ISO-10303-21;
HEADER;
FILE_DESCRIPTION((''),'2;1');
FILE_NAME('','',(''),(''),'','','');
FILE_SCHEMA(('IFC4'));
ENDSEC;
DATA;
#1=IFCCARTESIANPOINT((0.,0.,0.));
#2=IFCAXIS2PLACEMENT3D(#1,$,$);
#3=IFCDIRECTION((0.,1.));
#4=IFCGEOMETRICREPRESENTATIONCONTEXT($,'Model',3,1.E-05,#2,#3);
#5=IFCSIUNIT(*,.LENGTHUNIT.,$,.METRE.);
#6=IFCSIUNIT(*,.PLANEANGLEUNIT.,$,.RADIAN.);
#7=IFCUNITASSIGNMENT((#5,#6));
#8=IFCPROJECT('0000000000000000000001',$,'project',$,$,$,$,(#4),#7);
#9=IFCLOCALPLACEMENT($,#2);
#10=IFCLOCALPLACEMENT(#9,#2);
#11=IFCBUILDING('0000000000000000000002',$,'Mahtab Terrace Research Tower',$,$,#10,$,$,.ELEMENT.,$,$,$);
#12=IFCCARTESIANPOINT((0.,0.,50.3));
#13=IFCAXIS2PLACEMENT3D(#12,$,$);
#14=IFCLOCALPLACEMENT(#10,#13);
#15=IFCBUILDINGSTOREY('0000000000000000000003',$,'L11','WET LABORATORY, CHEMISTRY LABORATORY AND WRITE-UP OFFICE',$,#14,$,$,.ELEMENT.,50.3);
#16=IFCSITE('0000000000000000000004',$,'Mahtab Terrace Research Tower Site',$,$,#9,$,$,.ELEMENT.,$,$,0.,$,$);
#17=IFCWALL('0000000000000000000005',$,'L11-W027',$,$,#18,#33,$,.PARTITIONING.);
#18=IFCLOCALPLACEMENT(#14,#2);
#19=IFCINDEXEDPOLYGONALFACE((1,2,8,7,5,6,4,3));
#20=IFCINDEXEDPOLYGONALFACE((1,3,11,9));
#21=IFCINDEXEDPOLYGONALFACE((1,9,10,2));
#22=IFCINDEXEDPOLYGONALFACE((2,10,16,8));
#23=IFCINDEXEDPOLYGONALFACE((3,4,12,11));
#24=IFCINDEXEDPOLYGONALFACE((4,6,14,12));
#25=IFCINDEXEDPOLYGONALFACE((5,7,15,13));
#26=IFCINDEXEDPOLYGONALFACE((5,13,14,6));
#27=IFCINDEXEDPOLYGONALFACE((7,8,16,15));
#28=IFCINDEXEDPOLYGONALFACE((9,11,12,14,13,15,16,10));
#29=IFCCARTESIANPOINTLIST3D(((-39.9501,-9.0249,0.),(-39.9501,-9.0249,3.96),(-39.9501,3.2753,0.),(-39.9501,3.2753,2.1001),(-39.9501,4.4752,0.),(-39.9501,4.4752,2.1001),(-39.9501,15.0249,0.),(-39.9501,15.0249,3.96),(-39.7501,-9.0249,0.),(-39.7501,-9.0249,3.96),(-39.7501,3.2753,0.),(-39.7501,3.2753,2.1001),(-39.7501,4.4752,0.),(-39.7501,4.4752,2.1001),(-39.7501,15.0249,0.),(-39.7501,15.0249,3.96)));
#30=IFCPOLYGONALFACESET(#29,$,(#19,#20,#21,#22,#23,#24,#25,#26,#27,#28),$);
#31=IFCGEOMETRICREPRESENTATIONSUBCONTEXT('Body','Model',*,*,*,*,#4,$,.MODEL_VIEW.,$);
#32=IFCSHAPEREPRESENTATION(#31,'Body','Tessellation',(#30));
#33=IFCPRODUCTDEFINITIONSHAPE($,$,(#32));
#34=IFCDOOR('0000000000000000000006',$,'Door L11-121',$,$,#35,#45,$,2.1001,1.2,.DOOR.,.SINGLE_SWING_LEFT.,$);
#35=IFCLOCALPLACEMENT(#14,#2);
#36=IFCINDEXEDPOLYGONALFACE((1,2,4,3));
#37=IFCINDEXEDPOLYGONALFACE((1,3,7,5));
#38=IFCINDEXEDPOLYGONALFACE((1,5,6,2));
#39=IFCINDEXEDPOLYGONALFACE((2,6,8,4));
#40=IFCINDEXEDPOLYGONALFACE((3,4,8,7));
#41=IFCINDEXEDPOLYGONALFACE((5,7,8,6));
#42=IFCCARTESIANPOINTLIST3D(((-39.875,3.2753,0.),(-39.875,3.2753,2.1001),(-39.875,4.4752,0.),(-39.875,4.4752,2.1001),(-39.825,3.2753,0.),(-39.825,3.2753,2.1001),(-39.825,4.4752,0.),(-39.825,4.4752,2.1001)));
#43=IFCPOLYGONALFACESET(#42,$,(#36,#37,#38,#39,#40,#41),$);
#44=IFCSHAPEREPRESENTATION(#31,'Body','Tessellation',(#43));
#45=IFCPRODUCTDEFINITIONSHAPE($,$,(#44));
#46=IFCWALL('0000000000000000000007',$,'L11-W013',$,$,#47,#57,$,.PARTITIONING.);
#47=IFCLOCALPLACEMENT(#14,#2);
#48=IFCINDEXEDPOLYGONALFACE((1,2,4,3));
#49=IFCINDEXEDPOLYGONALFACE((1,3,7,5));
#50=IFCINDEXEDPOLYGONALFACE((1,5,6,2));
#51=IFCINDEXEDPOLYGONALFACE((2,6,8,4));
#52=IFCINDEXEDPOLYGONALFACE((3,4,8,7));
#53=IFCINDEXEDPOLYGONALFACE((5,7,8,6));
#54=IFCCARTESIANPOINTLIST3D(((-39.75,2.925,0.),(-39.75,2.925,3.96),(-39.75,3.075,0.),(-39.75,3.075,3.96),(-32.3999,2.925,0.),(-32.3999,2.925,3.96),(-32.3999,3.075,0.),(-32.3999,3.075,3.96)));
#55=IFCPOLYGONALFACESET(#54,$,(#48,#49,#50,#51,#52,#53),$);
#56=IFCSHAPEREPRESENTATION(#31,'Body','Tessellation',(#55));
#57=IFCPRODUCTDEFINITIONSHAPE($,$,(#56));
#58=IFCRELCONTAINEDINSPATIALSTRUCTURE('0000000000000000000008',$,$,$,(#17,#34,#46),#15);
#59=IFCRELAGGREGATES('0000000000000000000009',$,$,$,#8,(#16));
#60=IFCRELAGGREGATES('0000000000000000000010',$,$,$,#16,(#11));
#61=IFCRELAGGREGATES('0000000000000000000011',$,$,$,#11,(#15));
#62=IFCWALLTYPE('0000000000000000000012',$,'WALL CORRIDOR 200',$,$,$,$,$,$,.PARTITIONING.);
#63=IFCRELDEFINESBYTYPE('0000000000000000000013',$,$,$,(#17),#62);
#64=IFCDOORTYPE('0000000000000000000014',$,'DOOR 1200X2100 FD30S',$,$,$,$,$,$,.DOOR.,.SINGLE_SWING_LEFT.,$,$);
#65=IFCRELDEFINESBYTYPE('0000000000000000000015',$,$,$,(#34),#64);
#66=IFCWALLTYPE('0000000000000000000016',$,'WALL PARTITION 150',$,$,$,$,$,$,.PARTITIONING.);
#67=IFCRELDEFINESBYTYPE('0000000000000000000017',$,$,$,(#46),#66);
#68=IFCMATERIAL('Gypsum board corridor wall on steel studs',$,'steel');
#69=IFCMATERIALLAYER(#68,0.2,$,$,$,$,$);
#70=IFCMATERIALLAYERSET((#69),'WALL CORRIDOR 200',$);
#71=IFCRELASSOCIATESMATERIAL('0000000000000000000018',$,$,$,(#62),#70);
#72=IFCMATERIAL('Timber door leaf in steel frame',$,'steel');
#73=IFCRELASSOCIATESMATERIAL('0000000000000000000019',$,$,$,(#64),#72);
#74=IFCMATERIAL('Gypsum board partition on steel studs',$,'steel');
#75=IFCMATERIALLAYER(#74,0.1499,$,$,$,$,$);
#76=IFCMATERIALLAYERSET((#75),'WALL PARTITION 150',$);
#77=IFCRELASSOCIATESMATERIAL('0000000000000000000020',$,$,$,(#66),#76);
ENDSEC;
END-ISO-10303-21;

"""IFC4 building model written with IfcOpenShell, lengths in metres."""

from ifc_helpers import new_model, si_unit, direction, frame, frame_2d, origin, place, context, subcontext, project, spatial, rectangle, extrude, material, layer, layer_set, type_object, element, fill, save


model = new_model("IFC4")

# Units and contexts
model_context = context("Model", 3, precision=1e-05, world=origin(), true_north=direction((0.0, 1.0)))
body_context = subcontext(model_context, "Body", "Model", "MODEL_VIEW")
ifc_project = project(units=[si_unit("LENGTHUNIT", "METRE"), si_unit("PLANEANGLEUNIT", "RADIAN")], contexts=[model_context])

# Site, building, storey
site_placement = place(None, origin())
site = spatial("IfcSite", under=ifc_project, at=site_placement, Name="Mahtab Terrace Research Tower Site", CompositionType="ELEMENT", RefElevation=0.0)
building_placement = place(site_placement, origin())
building = spatial("IfcBuilding", under=site, at=building_placement, Name="Mahtab Terrace Research Tower", CompositionType="ELEMENT")
storey_placement = place(building_placement, frame((0.0, 0.0, 50.3)))
storey = spatial("IfcBuildingStorey", under=building, at=storey_placement, Name="L11", Description="WET LABORATORY, CHEMISTRY LABORATORY AND WRITE-UP OFFICE", CompositionType="ELEMENT", Elevation=50.3)

# Wall, opening, door
ifc_material_1 = material(Name="Gypsum board corridor wall on steel studs", Category="steel")
ifc_layer_1 = layer(ifc_material_1, 0.2)
ifc_layer_set_1 = layer_set([ifc_layer_1], Name="WALL CORRIDOR 200")
wall_type_1 = type_object("IfcWallType", Name="WALL CORRIDOR 200", PredefinedType="PARTITIONING", material=ifc_layer_set_1)
ifc_material_2 = material(Name="Timber door leaf in steel frame", Category="steel")
door_type = type_object("IfcDoorType", Name="DOOR 1200X2100 FD30S", OperationType="SINGLE_SWING_LEFT", PredefinedType="DOOR", material=ifc_material_2)
wall_1_placement = place(storey_placement, frame((-39.8501, -9.0249, 0.0), z_axis=(0.0, 0.0, 1.0), x_axis=(0.0, 1.0, 0.0)))
wall_1 = element("IfcWall", 1, at=wall_1_placement, inside=storey, type_object=wall_type_1, Name="L11-W027", PredefinedType="PARTITIONING", context=body_context, shape_type="SweptSolid", body=[
    extrude(rectangle(XDim=24.0498, YDim=0.2, at=frame_2d((12.0249, 0.0))), origin(), (0.0, 0.0, 1.0), 3.96),
])
opening_1_placement = place(wall_1_placement, frame((12.3, 0.0, 0.0)))
opening_1 = element("IfcOpeningElement", 2, at=opening_1_placement, cuts=wall_1, PredefinedType="OPENING", context=body_context, shape_type="SweptSolid", body=[
    extrude(rectangle(XDim=1.2, YDim=2.1001, at=frame_2d((0.6001, 1.05))), frame((0.0, 0.1099, 0.0), z_axis=(0.0, -1.0, 0.0), x_axis=(1.0, 0.0, 0.0)), (0.0, 0.0, 1.0), 0.22),
])
door_1_placement = place(opening_1_placement, origin())
door_1 = element("IfcDoor", 3, at=door_1_placement, inside=storey, type_object=door_type, Name="Door L11-121", OperationType="SINGLE_SWING_LEFT", OverallHeight=2.1001, OverallWidth=1.2, PredefinedType="DOOR", context=body_context, shape_type="SweptSolid", body=[
    extrude(rectangle(XDim=1.2, YDim=2.1001, at=frame_2d((0.6001, 1.05))), frame((0.0, 0.0249, 0.0), z_axis=(0.0, -1.0, 0.0), x_axis=(1.0, 0.0, 0.0)), (0.0, 0.0, 1.0), 0.05),
])
fill(opening_1, door_1)

# Wall
ifc_material_3 = material(Name="Gypsum board partition on steel studs", Category="steel")
ifc_layer_2 = layer(ifc_material_3, 0.1499)
ifc_layer_set_2 = layer_set([ifc_layer_2], Name="WALL PARTITION 150")
wall_type_2 = type_object("IfcWallType", Name="WALL PARTITION 150", PredefinedType="PARTITIONING", material=ifc_layer_set_2)
wall_2_placement = place(storey_placement, frame((-39.75, 3.0, 0.0), z_axis=(0.0, 0.0, 1.0), x_axis=(1.0, 0.0, 0.0)))
element("IfcWall", 4, at=wall_2_placement, inside=storey, type_object=wall_type_2, Name="L11-W013", PredefinedType="PARTITIONING", context=body_context, shape_type="SweptSolid", body=[
    extrude(rectangle(XDim=7.3501, YDim=0.1499, at=frame_2d((3.675, 0.0))), origin(), (0.0, 0.0, 1.0), 3.96),
])

save(model, "model.ifc")
